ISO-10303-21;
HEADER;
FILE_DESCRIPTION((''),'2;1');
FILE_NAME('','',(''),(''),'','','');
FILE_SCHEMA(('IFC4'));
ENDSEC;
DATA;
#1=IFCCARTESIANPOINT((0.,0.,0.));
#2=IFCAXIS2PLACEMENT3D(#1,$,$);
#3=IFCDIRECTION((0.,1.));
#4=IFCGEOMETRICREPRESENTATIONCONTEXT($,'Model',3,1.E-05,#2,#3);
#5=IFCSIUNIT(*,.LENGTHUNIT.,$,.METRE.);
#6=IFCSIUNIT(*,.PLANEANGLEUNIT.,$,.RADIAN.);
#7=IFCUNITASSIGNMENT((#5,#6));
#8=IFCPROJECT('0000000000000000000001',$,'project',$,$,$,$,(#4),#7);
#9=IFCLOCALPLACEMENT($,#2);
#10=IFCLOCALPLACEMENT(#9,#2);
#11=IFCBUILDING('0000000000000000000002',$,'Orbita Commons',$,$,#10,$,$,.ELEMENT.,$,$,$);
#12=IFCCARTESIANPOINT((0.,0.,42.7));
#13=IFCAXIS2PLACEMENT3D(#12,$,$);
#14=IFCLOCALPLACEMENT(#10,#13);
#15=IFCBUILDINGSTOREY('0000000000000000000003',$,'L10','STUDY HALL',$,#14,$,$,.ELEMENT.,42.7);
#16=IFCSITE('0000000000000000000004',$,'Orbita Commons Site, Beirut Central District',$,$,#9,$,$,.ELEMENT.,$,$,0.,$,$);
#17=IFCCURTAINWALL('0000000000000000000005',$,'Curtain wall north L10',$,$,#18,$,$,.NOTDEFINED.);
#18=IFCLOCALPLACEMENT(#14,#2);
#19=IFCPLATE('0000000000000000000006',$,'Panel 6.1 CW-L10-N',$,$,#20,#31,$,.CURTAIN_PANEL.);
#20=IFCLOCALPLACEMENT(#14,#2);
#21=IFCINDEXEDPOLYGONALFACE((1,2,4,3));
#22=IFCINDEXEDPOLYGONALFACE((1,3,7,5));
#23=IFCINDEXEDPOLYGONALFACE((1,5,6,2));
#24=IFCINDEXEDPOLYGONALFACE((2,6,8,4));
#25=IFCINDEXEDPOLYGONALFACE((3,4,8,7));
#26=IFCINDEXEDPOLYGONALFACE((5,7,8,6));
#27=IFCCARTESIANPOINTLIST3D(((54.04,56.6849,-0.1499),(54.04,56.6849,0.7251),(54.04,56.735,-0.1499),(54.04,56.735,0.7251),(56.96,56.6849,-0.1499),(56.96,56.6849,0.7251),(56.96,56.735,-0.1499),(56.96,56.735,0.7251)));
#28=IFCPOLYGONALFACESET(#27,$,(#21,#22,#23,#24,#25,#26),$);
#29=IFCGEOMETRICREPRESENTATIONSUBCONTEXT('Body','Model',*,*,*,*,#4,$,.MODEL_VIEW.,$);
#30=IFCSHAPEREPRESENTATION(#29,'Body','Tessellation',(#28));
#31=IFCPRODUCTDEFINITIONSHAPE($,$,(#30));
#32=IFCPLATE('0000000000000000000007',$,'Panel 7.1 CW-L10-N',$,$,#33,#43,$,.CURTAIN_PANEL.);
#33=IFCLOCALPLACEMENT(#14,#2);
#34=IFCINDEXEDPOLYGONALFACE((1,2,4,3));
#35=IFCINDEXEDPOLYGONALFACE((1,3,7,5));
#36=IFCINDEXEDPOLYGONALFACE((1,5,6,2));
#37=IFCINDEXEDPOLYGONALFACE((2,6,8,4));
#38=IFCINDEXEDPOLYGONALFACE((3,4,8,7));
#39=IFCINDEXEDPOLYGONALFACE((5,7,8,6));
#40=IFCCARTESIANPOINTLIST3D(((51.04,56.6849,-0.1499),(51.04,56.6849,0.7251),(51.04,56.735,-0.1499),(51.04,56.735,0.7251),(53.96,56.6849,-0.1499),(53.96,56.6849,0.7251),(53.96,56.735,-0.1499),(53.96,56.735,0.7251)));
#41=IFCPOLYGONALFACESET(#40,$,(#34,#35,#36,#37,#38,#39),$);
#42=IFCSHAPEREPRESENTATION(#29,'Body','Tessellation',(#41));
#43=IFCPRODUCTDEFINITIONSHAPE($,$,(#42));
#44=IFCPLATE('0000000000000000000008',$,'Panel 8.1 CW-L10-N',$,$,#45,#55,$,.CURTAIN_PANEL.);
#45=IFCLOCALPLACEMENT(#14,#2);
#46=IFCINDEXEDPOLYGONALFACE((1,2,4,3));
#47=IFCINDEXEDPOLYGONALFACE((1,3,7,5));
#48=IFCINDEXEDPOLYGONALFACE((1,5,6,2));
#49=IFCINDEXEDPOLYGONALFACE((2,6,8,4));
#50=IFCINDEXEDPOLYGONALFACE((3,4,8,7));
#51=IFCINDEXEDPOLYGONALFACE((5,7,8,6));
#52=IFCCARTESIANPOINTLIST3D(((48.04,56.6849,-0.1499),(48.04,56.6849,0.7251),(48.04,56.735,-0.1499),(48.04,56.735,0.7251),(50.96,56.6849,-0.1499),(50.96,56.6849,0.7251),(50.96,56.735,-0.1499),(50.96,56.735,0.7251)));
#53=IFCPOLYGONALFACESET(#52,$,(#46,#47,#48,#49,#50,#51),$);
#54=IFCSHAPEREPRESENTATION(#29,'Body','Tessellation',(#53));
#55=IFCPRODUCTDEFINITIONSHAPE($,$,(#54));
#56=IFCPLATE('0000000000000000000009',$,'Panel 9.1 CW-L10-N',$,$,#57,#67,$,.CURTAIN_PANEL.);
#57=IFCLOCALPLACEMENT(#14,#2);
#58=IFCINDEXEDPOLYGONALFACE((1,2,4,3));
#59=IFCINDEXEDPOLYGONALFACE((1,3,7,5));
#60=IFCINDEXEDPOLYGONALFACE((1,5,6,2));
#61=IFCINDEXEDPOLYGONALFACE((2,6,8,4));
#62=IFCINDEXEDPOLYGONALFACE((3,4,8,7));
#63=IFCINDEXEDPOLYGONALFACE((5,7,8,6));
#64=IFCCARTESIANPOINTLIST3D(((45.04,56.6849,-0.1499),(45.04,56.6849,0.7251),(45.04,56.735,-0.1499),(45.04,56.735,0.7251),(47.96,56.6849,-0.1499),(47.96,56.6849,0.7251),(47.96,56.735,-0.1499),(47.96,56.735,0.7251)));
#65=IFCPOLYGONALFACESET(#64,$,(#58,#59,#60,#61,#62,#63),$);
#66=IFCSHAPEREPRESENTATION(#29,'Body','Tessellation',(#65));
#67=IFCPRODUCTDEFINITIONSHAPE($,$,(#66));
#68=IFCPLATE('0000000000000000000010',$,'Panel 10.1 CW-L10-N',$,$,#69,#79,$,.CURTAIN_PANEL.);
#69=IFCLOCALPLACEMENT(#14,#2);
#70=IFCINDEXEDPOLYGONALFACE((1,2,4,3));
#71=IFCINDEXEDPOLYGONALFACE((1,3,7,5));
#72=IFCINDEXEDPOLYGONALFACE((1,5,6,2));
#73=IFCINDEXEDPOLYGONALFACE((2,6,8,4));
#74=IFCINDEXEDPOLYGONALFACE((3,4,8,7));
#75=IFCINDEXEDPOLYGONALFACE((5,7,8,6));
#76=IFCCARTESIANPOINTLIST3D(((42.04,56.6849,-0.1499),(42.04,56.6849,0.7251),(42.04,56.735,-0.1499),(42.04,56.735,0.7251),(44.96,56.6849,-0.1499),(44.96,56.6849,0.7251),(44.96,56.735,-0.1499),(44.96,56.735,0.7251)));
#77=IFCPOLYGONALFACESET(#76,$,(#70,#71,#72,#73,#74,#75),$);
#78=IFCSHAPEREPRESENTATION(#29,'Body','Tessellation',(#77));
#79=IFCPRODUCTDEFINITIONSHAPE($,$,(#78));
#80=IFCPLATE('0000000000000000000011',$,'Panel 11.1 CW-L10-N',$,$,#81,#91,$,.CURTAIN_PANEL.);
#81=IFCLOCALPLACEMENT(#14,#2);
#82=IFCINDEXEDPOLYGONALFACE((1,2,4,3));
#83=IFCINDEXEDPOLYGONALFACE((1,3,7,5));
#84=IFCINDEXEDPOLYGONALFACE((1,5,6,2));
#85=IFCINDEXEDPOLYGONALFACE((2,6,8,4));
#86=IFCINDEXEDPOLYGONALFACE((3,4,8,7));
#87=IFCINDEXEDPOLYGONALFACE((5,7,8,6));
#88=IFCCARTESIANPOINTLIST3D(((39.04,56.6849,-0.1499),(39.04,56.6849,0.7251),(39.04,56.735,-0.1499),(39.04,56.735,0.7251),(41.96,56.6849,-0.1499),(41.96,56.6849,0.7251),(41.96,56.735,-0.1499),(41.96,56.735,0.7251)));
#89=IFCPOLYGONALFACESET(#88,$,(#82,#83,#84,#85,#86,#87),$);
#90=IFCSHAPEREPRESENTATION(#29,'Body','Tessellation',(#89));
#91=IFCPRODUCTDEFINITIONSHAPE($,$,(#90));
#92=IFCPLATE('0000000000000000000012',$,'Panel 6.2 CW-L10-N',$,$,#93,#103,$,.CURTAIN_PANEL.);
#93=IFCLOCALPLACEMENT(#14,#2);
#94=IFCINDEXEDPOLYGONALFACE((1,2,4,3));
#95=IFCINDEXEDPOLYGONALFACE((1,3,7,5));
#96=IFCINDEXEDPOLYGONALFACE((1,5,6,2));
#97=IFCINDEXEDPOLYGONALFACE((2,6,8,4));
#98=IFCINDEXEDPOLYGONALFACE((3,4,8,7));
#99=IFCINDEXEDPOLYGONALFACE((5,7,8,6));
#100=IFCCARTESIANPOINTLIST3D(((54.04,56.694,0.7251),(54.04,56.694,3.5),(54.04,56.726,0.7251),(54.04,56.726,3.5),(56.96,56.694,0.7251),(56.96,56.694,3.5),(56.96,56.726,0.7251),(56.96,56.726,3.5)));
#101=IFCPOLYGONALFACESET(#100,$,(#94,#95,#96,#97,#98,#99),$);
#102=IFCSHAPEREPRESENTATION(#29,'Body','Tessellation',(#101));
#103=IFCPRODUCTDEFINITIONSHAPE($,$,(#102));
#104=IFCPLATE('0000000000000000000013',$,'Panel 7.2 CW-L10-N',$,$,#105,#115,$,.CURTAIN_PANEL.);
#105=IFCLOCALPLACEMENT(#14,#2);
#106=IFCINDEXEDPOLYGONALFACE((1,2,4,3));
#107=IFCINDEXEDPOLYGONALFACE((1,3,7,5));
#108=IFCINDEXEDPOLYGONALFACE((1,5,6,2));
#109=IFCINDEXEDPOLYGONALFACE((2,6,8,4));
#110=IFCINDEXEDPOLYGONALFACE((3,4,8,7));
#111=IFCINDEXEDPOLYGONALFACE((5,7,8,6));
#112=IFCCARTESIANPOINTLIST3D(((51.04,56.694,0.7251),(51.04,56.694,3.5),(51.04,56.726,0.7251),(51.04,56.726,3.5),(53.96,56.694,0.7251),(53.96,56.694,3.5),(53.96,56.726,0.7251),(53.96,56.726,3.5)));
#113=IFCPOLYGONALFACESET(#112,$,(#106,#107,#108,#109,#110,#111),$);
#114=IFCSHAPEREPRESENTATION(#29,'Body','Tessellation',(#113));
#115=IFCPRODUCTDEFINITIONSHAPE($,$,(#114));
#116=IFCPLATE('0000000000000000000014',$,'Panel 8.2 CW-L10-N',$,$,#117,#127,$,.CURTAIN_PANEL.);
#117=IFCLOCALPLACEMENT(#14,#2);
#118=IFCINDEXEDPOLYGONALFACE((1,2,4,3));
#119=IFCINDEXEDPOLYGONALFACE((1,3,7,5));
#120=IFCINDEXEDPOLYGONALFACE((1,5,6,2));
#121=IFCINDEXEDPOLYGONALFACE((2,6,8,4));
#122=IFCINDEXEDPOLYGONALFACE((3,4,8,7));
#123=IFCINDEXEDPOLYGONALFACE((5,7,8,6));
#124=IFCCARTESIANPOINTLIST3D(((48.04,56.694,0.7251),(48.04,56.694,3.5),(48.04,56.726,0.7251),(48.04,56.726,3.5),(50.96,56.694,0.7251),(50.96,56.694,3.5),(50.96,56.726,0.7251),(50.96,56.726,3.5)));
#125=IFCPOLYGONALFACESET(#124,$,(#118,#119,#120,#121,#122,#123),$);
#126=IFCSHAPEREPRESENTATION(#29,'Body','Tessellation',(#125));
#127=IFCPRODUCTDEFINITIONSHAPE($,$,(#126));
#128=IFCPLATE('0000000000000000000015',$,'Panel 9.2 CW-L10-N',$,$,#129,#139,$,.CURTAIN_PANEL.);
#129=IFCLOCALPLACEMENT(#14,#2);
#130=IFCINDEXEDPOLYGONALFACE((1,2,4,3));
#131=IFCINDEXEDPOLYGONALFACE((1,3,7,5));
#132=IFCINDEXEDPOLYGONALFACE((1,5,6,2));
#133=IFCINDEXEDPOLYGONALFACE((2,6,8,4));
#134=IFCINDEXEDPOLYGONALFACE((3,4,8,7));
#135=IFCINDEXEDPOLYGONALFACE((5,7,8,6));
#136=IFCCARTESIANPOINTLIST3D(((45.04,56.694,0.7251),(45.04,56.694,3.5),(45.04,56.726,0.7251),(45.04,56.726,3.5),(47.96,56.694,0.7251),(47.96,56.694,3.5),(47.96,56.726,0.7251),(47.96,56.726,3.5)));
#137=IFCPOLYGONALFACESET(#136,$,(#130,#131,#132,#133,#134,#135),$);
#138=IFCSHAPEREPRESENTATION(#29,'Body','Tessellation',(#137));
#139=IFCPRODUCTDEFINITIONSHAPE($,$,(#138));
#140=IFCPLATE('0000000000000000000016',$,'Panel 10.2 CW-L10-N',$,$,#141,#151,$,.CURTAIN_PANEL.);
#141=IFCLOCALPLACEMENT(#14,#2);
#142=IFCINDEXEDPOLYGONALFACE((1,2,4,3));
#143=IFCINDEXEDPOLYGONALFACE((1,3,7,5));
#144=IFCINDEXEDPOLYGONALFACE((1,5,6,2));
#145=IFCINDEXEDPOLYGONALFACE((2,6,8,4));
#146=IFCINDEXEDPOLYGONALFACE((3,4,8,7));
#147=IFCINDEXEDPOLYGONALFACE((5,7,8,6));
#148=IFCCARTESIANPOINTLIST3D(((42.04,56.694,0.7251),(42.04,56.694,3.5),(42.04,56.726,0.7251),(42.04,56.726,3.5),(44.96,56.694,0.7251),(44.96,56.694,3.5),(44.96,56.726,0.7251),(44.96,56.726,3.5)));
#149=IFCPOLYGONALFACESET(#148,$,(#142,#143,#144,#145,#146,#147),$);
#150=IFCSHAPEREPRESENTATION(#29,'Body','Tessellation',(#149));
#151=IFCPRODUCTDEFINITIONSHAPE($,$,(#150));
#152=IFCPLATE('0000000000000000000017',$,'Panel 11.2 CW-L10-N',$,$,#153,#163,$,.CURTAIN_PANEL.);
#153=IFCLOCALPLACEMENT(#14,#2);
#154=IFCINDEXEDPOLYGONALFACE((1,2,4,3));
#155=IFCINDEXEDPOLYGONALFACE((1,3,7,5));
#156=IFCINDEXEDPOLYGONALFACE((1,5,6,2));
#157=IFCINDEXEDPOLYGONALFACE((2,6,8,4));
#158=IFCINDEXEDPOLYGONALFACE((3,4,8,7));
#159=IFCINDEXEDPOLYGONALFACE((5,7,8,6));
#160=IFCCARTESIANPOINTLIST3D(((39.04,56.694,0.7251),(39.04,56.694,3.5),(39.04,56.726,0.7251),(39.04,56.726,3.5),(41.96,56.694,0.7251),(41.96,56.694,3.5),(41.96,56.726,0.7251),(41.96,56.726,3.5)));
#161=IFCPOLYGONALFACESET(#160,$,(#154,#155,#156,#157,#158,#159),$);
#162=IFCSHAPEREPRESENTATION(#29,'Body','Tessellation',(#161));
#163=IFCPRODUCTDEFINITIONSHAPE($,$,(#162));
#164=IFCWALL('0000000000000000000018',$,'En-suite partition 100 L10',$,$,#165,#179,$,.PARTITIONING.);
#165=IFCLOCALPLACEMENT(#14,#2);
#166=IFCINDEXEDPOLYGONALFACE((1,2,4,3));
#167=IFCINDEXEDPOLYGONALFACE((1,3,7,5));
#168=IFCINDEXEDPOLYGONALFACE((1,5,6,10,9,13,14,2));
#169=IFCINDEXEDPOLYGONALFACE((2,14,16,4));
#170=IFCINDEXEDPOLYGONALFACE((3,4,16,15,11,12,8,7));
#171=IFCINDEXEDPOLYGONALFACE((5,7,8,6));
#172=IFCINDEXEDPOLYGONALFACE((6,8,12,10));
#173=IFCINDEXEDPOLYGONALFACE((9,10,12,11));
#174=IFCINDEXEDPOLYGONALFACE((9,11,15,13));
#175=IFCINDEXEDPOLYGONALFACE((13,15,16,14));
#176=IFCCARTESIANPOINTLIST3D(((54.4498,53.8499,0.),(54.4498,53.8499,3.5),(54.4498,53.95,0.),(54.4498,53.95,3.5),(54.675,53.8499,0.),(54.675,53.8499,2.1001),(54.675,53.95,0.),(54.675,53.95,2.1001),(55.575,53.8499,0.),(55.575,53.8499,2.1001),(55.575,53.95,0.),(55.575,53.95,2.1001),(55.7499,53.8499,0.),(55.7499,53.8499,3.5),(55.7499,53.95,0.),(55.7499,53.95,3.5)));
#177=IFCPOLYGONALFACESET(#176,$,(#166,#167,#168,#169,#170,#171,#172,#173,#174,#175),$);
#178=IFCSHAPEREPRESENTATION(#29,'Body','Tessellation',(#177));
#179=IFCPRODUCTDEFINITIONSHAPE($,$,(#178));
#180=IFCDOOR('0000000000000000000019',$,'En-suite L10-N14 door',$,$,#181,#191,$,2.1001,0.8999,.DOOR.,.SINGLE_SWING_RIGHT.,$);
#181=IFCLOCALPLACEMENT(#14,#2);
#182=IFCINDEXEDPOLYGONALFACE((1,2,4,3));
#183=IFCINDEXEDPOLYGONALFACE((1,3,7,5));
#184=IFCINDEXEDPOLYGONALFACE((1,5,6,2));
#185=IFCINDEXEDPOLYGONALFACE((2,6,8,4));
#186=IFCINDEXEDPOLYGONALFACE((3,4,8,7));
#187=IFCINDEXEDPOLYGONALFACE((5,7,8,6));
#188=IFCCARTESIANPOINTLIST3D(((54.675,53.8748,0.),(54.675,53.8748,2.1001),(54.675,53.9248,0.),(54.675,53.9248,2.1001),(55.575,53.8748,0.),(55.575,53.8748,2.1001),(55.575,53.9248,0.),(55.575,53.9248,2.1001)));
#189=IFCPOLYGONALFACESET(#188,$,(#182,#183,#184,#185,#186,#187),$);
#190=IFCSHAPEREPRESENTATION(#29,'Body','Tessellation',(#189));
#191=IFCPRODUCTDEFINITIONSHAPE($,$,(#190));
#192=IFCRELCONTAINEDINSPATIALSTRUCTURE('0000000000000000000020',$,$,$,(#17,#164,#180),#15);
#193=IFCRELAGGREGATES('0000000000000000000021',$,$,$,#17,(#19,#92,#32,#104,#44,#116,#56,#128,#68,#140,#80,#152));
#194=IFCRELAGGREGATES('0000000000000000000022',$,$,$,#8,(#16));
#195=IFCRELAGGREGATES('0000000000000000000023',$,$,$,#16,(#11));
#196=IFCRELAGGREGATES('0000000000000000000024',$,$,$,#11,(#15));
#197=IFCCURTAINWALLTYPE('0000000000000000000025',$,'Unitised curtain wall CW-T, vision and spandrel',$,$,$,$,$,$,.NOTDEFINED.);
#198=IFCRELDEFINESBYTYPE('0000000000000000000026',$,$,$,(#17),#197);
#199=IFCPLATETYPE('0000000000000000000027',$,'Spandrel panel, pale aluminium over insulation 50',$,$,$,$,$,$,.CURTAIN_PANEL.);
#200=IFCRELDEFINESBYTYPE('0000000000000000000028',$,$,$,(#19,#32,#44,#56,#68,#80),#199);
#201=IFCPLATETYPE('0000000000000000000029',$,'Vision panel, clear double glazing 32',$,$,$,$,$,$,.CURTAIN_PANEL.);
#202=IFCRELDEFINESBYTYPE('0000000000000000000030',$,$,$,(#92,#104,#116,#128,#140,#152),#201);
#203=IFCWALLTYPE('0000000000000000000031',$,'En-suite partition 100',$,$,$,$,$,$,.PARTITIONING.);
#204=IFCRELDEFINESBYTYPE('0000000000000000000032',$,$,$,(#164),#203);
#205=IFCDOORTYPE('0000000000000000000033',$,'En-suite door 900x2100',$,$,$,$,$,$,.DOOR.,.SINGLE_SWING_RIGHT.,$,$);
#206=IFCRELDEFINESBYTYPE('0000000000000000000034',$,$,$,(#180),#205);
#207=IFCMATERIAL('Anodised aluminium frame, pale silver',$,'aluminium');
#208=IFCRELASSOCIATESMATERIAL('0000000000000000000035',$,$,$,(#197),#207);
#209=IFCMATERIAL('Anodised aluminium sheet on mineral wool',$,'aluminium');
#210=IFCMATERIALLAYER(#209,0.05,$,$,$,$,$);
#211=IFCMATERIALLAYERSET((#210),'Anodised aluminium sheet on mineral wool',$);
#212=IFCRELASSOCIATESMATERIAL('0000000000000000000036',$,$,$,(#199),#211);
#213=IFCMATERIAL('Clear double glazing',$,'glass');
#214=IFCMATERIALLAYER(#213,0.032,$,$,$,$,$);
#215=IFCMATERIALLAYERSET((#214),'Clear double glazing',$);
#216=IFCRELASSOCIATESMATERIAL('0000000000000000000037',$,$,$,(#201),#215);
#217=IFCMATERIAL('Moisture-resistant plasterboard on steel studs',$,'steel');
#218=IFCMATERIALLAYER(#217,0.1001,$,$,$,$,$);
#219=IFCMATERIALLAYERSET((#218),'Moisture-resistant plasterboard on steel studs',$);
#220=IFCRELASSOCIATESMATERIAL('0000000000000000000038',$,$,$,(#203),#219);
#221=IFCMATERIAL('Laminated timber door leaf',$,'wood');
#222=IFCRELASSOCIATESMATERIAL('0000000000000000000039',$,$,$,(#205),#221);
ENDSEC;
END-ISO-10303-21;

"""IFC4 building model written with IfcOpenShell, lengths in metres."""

from ifc_helpers import new_model, si_unit, direction, frame, frame_2d, origin, origin_2d, place, context, subcontext, project, spatial, rectangle, extrude, material, layer, layer_set, type_object, element, fill, aggregate, save


model = new_model("IFC4")

# Units and contexts
model_context = context("Model", 3, precision=1e-05, world=origin(), true_north=direction((0.0, 1.0)))
body_context = subcontext(model_context, "Body", "Model", "MODEL_VIEW")
ifc_project = project(units=[si_unit("LENGTHUNIT", "METRE"), si_unit("PLANEANGLEUNIT", "RADIAN")], contexts=[model_context])

# Site, building, storey
site_placement = place(None, origin())
site = spatial("IfcSite", under=ifc_project, at=site_placement, Name="Orbita Commons Site, Beirut Central District", CompositionType="ELEMENT", RefElevation=0.0)
building_placement = place(site_placement, origin())
building = spatial("IfcBuilding", under=site, at=building_placement, Name="Orbita Commons", CompositionType="ELEMENT")
storey_placement = place(building_placement, frame((0.0, 0.0, 42.7)))
storey = spatial("IfcBuildingStorey", under=building, at=storey_placement, Name="L10", Description="STUDY HALL", CompositionType="ELEMENT", Elevation=42.7)

# Curtain wall
ifc_material_1 = material(Name="Anodised aluminium frame, pale silver", Category="aluminium")
curtain_wall_type = type_object("IfcCurtainWallType", Name="Unitised curtain wall CW-T, vision and spandrel", PredefinedType="NOTDEFINED", material=ifc_material_1)
curtain_wall_placement = place(storey_placement, origin())
curtain_wall = element("IfcCurtainWall", 1, at=curtain_wall_placement, inside=storey, type_object=curtain_wall_type, Name="Curtain wall north L10", PredefinedType="NOTDEFINED")

# Plates
ifc_material_2 = material(Name="Anodised aluminium sheet on mineral wool", Category="aluminium")
ifc_layer_1 = layer(ifc_material_2, 0.05)
ifc_layer_set_1 = layer_set([ifc_layer_1], Name="Anodised aluminium sheet on mineral wool")
plate_type_1 = type_object("IfcPlateType", Name="Spandrel panel, pale aluminium over insulation 50", PredefinedType="CURTAIN_PANEL", material=ifc_layer_set_1)
plate_1_placement = place(storey_placement, frame((55.5, 56.71, -0.1499), z_axis=(0.0, 0.0, 1.0), x_axis=(-1.0, 0.0, 0.0)))
plate_1 = element("IfcPlate", 2, at=plate_1_placement, type_object=plate_type_1, Name="Panel 6.1 CW-L10-N", PredefinedType="CURTAIN_PANEL", context=body_context, shape_type="SweptSolid", body=[
    extrude(rectangle(XDim=2.9199, YDim=0.05, at=origin_2d()), origin(), (0.0, 0.0, 1.0), 0.875),
])
plate_2_placement = place(storey_placement, frame((52.5, 56.71, -0.1499), z_axis=(0.0, 0.0, 1.0), x_axis=(-1.0, 0.0, 0.0)))
plate_2 = element("IfcPlate", 3, at=plate_2_placement, type_object=plate_type_1, Name="Panel 7.1 CW-L10-N", PredefinedType="CURTAIN_PANEL", context=body_context, shape_type="SweptSolid", body=[
    extrude(rectangle(XDim=2.9199, YDim=0.05, at=origin_2d()), origin(), (0.0, 0.0, 1.0), 0.875),
])
plate_3_placement = place(storey_placement, frame((49.5, 56.71, -0.1499), z_axis=(0.0, 0.0, 1.0), x_axis=(-1.0, 0.0, 0.0)))
plate_3 = element("IfcPlate", 4, at=plate_3_placement, type_object=plate_type_1, Name="Panel 8.1 CW-L10-N", PredefinedType="CURTAIN_PANEL", context=body_context, shape_type="SweptSolid", body=[
    extrude(rectangle(XDim=2.9199, YDim=0.05, at=origin_2d()), origin(), (0.0, 0.0, 1.0), 0.875),
])
plate_4_placement = place(storey_placement, frame((46.5, 56.71, -0.1499), z_axis=(0.0, 0.0, 1.0), x_axis=(-1.0, 0.0, 0.0)))
plate_4 = element("IfcPlate", 5, at=plate_4_placement, type_object=plate_type_1, Name="Panel 9.1 CW-L10-N", PredefinedType="CURTAIN_PANEL", context=body_context, shape_type="SweptSolid", body=[
    extrude(rectangle(XDim=2.9199, YDim=0.05, at=origin_2d()), origin(), (0.0, 0.0, 1.0), 0.875),
])
plate_5_placement = place(storey_placement, frame((43.5, 56.71, -0.1499), z_axis=(0.0, 0.0, 1.0), x_axis=(-1.0, 0.0, 0.0)))
plate_5 = element("IfcPlate", 6, at=plate_5_placement, type_object=plate_type_1, Name="Panel 10.1 CW-L10-N", PredefinedType="CURTAIN_PANEL", context=body_context, shape_type="SweptSolid", body=[
    extrude(rectangle(XDim=2.9199, YDim=0.05, at=origin_2d()), origin(), (0.0, 0.0, 1.0), 0.875),
])
plate_6_placement = place(storey_placement, frame((40.5, 56.71, -0.1499), z_axis=(0.0, 0.0, 1.0), x_axis=(-1.0, 0.0, 0.0)))
plate_6 = element("IfcPlate", 7, at=plate_6_placement, type_object=plate_type_1, Name="Panel 11.1 CW-L10-N", PredefinedType="CURTAIN_PANEL", context=body_context, shape_type="SweptSolid", body=[
    extrude(rectangle(XDim=2.9199, YDim=0.05, at=origin_2d()), origin(), (0.0, 0.0, 1.0), 0.875),
])
ifc_material_3 = material(Name="Clear double glazing", Category="glass")
ifc_layer_2 = layer(ifc_material_3, 0.032)
ifc_layer_set_2 = layer_set([ifc_layer_2], Name="Clear double glazing")
plate_type_2 = type_object("IfcPlateType", Name="Vision panel, clear double glazing 32", PredefinedType="CURTAIN_PANEL", material=ifc_layer_set_2)
plate_7_placement = place(storey_placement, frame((55.5, 56.71, 0.7251), z_axis=(0.0, 0.0, 1.0), x_axis=(-1.0, 0.0, 0.0)))
plate_7 = element("IfcPlate", 8, at=plate_7_placement, type_object=plate_type_2, Name="Panel 6.2 CW-L10-N", PredefinedType="CURTAIN_PANEL", context=body_context, shape_type="SweptSolid", body=[
    extrude(rectangle(XDim=2.9199, YDim=0.032, at=origin_2d()), origin(), (0.0, 0.0, 1.0), 2.7749),
])
plate_8_placement = place(storey_placement, frame((52.5, 56.71, 0.7251), z_axis=(0.0, 0.0, 1.0), x_axis=(-1.0, 0.0, 0.0)))
plate_8 = element("IfcPlate", 9, at=plate_8_placement, type_object=plate_type_2, Name="Panel 7.2 CW-L10-N", PredefinedType="CURTAIN_PANEL", context=body_context, shape_type="SweptSolid", body=[
    extrude(rectangle(XDim=2.9199, YDim=0.032, at=origin_2d()), origin(), (0.0, 0.0, 1.0), 2.7749),
])
plate_9_placement = place(storey_placement, frame((49.5, 56.71, 0.7251), z_axis=(0.0, 0.0, 1.0), x_axis=(-1.0, 0.0, 0.0)))
plate_9 = element("IfcPlate", 10, at=plate_9_placement, type_object=plate_type_2, Name="Panel 8.2 CW-L10-N", PredefinedType="CURTAIN_PANEL", context=body_context, shape_type="SweptSolid", body=[
    extrude(rectangle(XDim=2.9199, YDim=0.032, at=origin_2d()), origin(), (0.0, 0.0, 1.0), 2.7749),
])
plate_10_placement = place(storey_placement, frame((46.5, 56.71, 0.7251), z_axis=(0.0, 0.0, 1.0), x_axis=(-1.0, 0.0, 0.0)))
plate_10 = element("IfcPlate", 11, at=plate_10_placement, type_object=plate_type_2, Name="Panel 9.2 CW-L10-N", PredefinedType="CURTAIN_PANEL", context=body_context, shape_type="SweptSolid", body=[
    extrude(rectangle(XDim=2.9199, YDim=0.032, at=origin_2d()), origin(), (0.0, 0.0, 1.0), 2.7749),
])
plate_11_placement = place(storey_placement, frame((43.5, 56.71, 0.7251), z_axis=(0.0, 0.0, 1.0), x_axis=(-1.0, 0.0, 0.0)))
plate_11 = element("IfcPlate", 12, at=plate_11_placement, type_object=plate_type_2, Name="Panel 10.2 CW-L10-N", PredefinedType="CURTAIN_PANEL", context=body_context, shape_type="SweptSolid", body=[
    extrude(rectangle(XDim=2.9199, YDim=0.032, at=origin_2d()), origin(), (0.0, 0.0, 1.0), 2.7749),
])
plate_12_placement = place(storey_placement, frame((40.5, 56.71, 0.7251), z_axis=(0.0, 0.0, 1.0), x_axis=(-1.0, 0.0, 0.0)))
plate_12 = element("IfcPlate", 13, at=plate_12_placement, type_object=plate_type_2, Name="Panel 11.2 CW-L10-N", PredefinedType="CURTAIN_PANEL", context=body_context, shape_type="SweptSolid", body=[
    extrude(rectangle(XDim=2.9199, YDim=0.032, at=origin_2d()), origin(), (0.0, 0.0, 1.0), 2.7749),
])
aggregate(curtain_wall, [plate_1, plate_7, plate_2, plate_8, plate_3, plate_9, plate_4, plate_10, plate_5, plate_11, plate_6, plate_12])

# Wall, opening, door
ifc_material_4 = material(Name="Moisture-resistant plasterboard on steel studs", Category="steel")
ifc_layer_3 = layer(ifc_material_4, 0.1001)
ifc_layer_set_3 = layer_set([ifc_layer_3], Name="Moisture-resistant plasterboard on steel studs")
wall_type_1 = type_object("IfcWallType", Name="En-suite partition 100", PredefinedType="PARTITIONING", material=ifc_layer_set_3)
wall_1_placement = place(storey_placement, frame((54.45, 53.8999, 0.0), z_axis=(0.0, 0.0, 1.0), x_axis=(1.0, 0.0, 0.0)))
wall_1 = element("IfcWall", 14, at=wall_1_placement, inside=storey, type_object=wall_type_1, Name="En-suite partition 100 L10", PredefinedType="PARTITIONING", context=body_context, shape_type="SweptSolid", body=[
    extrude(rectangle(XDim=1.3, YDim=0.1001, at=frame_2d((0.6499, 0.0))), origin(), (0.0, 0.0, 1.0), 3.5),
])
opening_placement = place(wall_1_placement, frame((0.2251, 0.0, 0.0)))
opening = element("IfcOpeningElement", 15, at=opening_placement, cuts=wall_1, PredefinedType="OPENING", context=body_context, shape_type="SweptSolid", body=[
    extrude(rectangle(XDim=0.8999, YDim=2.1001, at=frame_2d((0.45, 1.05))), frame((0.0, 0.0601, 0.0), z_axis=(0.0, -1.0, 0.0), x_axis=(1.0, 0.0, 0.0)), (0.0, 0.0, 1.0), 0.1201),
])
ifc_material_5 = material(Name="Laminated timber door leaf", Category="wood")
door_type = type_object("IfcDoorType", Name="En-suite door 900x2100", OperationType="SINGLE_SWING_RIGHT", PredefinedType="DOOR", material=ifc_material_5)
door_placement = place(opening_placement, origin())
door = element("IfcDoor", 16, at=door_placement, inside=storey, type_object=door_type, Name="En-suite L10-N14 door", OperationType="SINGLE_SWING_RIGHT", OverallHeight=2.1001, OverallWidth=0.8999, PredefinedType="DOOR", context=body_context, shape_type="SweptSolid", body=[
    extrude(rectangle(XDim=0.8999, YDim=2.1001, at=frame_2d((0.45, 1.05))), frame((0.0, 0.0249, 0.0), z_axis=(0.0, -1.0, 0.0), x_axis=(1.0, 0.0, 0.0)), (0.0, 0.0, 1.0), 0.05),
])
fill(opening, door)

save(model, "model.ifc")
